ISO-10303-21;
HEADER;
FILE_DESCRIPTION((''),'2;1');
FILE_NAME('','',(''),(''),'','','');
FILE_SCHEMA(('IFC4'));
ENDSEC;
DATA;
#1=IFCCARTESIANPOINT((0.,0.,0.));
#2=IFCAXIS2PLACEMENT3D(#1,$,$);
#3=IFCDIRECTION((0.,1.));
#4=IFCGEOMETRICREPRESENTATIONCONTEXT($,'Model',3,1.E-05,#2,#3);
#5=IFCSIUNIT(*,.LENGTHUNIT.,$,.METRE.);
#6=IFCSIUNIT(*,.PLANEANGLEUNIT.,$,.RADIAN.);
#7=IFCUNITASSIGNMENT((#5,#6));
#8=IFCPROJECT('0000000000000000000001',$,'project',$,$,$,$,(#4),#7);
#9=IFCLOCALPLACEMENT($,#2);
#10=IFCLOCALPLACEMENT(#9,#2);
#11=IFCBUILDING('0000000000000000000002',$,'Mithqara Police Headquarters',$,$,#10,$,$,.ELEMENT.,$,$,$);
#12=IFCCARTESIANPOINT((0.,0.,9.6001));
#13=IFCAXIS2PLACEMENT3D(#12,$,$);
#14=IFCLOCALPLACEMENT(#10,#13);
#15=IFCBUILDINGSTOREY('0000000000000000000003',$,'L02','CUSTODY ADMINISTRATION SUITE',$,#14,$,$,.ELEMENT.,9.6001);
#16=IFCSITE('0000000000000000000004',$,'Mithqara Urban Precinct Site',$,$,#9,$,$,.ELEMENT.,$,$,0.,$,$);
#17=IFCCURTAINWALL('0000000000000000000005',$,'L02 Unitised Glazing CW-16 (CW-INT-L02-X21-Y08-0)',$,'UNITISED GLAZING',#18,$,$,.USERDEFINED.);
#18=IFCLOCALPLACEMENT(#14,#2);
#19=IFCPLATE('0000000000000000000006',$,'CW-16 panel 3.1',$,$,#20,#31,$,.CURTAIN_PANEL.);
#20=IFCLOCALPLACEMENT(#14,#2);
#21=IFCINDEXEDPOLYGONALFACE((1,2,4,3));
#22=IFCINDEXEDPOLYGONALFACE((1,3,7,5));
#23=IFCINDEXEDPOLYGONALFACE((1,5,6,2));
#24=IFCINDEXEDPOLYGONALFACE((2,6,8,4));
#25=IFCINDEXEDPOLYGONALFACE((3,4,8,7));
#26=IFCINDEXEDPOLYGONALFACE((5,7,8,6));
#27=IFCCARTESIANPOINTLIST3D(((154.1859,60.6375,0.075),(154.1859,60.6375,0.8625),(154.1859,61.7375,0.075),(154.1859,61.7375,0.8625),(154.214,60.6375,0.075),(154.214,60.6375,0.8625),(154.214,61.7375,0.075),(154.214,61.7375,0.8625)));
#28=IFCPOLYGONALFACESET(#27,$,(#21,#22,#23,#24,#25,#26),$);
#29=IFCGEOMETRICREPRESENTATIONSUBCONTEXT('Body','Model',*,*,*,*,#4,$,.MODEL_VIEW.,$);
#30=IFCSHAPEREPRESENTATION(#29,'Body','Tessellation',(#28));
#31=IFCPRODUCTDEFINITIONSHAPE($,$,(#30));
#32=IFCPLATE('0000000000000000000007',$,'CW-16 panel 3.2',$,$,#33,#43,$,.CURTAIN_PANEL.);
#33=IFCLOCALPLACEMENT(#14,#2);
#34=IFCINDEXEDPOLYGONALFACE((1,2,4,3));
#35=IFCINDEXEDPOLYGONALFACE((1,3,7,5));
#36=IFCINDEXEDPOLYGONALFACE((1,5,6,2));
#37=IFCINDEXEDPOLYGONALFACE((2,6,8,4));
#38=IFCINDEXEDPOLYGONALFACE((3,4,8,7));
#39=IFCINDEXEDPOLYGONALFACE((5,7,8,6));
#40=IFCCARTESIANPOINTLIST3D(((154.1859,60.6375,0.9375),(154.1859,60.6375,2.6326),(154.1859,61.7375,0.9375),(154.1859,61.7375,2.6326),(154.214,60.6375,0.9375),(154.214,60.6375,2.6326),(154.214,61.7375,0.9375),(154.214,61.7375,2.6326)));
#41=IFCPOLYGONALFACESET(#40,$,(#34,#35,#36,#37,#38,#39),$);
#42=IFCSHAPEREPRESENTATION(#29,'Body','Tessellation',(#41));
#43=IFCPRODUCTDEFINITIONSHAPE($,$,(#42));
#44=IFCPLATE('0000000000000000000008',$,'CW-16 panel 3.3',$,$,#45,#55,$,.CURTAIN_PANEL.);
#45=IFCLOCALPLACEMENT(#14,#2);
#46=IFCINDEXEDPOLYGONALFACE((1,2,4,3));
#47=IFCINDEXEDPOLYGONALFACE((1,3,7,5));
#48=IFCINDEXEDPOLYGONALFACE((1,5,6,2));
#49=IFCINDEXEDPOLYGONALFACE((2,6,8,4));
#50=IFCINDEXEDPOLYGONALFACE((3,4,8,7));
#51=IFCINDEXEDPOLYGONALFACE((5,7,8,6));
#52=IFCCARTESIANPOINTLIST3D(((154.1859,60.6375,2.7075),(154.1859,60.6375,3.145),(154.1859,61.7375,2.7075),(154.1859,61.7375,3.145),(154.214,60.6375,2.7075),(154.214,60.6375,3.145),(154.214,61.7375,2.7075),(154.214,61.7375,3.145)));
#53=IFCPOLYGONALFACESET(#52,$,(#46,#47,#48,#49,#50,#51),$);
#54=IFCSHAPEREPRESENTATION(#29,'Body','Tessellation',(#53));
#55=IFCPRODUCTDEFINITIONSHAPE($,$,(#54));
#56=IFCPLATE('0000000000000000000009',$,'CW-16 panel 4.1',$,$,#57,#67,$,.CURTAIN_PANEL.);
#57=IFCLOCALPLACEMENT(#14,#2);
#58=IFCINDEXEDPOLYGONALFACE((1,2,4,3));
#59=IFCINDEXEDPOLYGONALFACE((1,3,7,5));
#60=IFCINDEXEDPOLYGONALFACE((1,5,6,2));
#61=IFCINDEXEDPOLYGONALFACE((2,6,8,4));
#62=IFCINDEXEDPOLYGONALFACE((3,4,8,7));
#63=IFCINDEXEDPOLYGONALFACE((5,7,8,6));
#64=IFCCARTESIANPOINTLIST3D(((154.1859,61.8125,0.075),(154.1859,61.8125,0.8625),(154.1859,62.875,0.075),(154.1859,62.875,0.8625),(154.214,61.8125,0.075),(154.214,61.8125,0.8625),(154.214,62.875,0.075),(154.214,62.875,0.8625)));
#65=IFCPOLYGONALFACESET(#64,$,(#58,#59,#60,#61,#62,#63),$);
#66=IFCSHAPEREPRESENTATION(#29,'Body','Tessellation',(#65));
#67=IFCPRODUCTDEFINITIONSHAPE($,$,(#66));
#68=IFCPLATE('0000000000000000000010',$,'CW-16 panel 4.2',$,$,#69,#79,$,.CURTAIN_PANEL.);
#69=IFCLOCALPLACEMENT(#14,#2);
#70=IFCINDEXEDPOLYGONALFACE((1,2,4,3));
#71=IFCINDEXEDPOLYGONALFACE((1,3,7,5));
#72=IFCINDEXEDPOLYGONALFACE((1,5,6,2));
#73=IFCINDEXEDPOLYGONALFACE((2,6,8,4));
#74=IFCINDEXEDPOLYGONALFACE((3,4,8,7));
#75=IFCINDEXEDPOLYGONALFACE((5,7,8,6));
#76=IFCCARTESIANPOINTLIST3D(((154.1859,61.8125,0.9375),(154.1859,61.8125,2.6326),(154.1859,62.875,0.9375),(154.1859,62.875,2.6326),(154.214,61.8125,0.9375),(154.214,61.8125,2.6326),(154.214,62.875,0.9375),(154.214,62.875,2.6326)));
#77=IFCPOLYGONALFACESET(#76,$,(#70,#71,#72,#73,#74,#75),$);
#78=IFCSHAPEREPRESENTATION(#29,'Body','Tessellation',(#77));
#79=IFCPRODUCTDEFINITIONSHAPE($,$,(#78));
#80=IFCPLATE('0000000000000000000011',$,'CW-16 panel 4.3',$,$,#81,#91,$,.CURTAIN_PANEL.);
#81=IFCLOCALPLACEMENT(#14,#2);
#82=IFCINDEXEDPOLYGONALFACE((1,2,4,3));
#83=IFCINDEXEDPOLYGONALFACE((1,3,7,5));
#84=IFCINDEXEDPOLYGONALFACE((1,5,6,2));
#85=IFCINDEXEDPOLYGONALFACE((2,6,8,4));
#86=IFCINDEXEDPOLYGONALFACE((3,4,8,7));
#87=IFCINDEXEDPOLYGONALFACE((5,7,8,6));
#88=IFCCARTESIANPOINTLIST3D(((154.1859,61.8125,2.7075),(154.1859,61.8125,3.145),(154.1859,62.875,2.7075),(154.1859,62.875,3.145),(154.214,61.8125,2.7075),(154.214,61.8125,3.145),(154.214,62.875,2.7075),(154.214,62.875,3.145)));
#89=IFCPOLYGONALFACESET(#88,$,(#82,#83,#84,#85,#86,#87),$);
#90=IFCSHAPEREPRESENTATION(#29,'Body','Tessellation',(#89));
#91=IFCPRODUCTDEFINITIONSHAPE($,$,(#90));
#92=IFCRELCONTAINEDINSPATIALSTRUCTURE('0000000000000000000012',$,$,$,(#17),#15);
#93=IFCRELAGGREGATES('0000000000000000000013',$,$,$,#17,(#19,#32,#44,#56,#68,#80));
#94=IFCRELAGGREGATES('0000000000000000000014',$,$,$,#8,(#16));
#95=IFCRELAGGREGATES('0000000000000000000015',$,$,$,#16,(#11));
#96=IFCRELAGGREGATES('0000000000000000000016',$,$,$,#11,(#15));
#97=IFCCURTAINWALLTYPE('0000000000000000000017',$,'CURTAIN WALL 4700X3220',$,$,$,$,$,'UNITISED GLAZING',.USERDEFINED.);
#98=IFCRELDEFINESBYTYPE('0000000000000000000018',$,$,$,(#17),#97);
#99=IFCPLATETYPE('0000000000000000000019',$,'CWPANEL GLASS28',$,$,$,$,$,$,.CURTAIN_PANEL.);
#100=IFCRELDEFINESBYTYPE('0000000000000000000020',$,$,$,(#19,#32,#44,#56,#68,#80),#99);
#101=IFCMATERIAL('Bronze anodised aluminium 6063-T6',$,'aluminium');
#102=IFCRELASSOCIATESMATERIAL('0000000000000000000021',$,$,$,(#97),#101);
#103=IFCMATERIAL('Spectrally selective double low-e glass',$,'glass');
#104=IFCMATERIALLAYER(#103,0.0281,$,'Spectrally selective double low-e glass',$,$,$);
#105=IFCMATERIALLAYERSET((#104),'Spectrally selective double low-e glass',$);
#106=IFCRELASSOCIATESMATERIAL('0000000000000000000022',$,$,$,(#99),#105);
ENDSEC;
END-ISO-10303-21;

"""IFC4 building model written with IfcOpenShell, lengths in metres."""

from ifc_helpers import new_model, si_unit, direction, frame, origin, origin_2d, place, context, subcontext, project, spatial, rectangle, extrude, material, layer, layer_set, type_object, element, aggregate, save


model = new_model("IFC4")

# Units and contexts
model_context = context("Model", 3, precision=1e-05, world=origin(), true_north=direction((0.0, 1.0)))
body_context = subcontext(model_context, "Body", "Model", "MODEL_VIEW")
ifc_project = project(units=[si_unit("LENGTHUNIT", "METRE"), si_unit("PLANEANGLEUNIT", "RADIAN")], contexts=[model_context])

# Site, building, storey
site_placement = place(None, origin())
site = spatial("IfcSite", under=ifc_project, at=site_placement, Name="Mithqara Urban Precinct Site", CompositionType="ELEMENT", RefElevation=0.0)
building_placement = place(site_placement, origin())
building = spatial("IfcBuilding", under=site, at=building_placement, Name="Mithqara Police Headquarters", CompositionType="ELEMENT")
storey_placement = place(building_placement, frame((0.0, 0.0, 9.6001)))
storey = spatial("IfcBuildingStorey", under=building, at=storey_placement, Name="L02", Description="CUSTODY ADMINISTRATION SUITE", CompositionType="ELEMENT", Elevation=9.6001)

# Curtain wall
ifc_material_1 = material(Name="Bronze anodised aluminium 6063-T6", Category="aluminium")
curtain_wall_type = type_object("IfcCurtainWallType", Name="CURTAIN WALL 4700X3220", ElementType="UNITISED GLAZING", PredefinedType="USERDEFINED", material=ifc_material_1)
curtain_wall_1_placement = place(storey_placement, origin())
curtain_wall_1 = element("IfcCurtainWall", 1, at=curtain_wall_1_placement, inside=storey, type_object=curtain_wall_type, Name="L02 Unitised Glazing CW-16 (CW-INT-L02-X21-Y08-0)", ObjectType="UNITISED GLAZING", PredefinedType="USERDEFINED")

# Plates
ifc_material_2 = material(Name="Spectrally selective double low-e glass", Category="glass")
ifc_layer = layer(ifc_material_2, 0.0281, Name="Spectrally selective double low-e glass")
ifc_layer_set = layer_set([ifc_layer], Name="Spectrally selective double low-e glass")
plate_type = type_object("IfcPlateType", Name="CWPANEL GLASS28", PredefinedType="CURTAIN_PANEL", material=ifc_layer_set)
plate_1_placement = place(storey_placement, frame((154.2, 61.1875, 0.075), z_axis=(0.0, 0.0, 1.0), x_axis=(0.0, 1.0, 0.0)))
plate_1 = element("IfcPlate", 2, at=plate_1_placement, type_object=plate_type, Name="CW-16 panel 3.1", PredefinedType="CURTAIN_PANEL", context=body_context, shape_type="SweptSolid", body=[
    extrude(rectangle(XDim=1.1001, YDim=0.0281, at=origin_2d()), origin(), (0.0, 0.0, 1.0), 0.7876),
])
plate_2_placement = place(storey_placement, frame((154.2, 61.1875, 0.9375), z_axis=(0.0, 0.0, 1.0), x_axis=(0.0, 1.0, 0.0)))
plate_2 = element("IfcPlate", 3, at=plate_2_placement, type_object=plate_type, Name="CW-16 panel 3.2", PredefinedType="CURTAIN_PANEL", context=body_context, shape_type="SweptSolid", body=[
    extrude(rectangle(XDim=1.1001, YDim=0.0281, at=origin_2d()), origin(), (0.0, 0.0, 1.0), 1.6951),
])
plate_3_placement = place(storey_placement, frame((154.2, 61.1875, 2.7075), z_axis=(0.0, 0.0, 1.0), x_axis=(0.0, 1.0, 0.0)))
plate_3 = element("IfcPlate", 4, at=plate_3_placement, type_object=plate_type, Name="CW-16 panel 3.3", PredefinedType="CURTAIN_PANEL", context=body_context, shape_type="SweptSolid", body=[
    extrude(rectangle(XDim=1.1001, YDim=0.0281, at=origin_2d()), origin(), (0.0, 0.0, 1.0), 0.4375),
])
plate_4_placement = place(storey_placement, frame((154.2, 62.3438, 0.075), z_axis=(0.0, 0.0, 1.0), x_axis=(0.0, 1.0, 0.0)))
plate_4 = element("IfcPlate", 5, at=plate_4_placement, type_object=plate_type, Name="CW-16 panel 4.1", PredefinedType="CURTAIN_PANEL", context=body_context, shape_type="SweptSolid", body=[
    extrude(rectangle(XDim=1.0625, YDim=0.0281, at=origin_2d()), origin(), (0.0, 0.0, 1.0), 0.7876),
])
plate_5_placement = place(storey_placement, frame((154.2, 62.3438, 0.9375), z_axis=(0.0, 0.0, 1.0), x_axis=(0.0, 1.0, 0.0)))
plate_5 = element("IfcPlate", 6, at=plate_5_placement, type_object=plate_type, Name="CW-16 panel 4.2", PredefinedType="CURTAIN_PANEL", context=body_context, shape_type="SweptSolid", body=[
    extrude(rectangle(XDim=1.0625, YDim=0.0281, at=origin_2d()), origin(), (0.0, 0.0, 1.0), 1.6951),
])
plate_6_placement = place(storey_placement, frame((154.2, 62.3438, 2.7075), z_axis=(0.0, 0.0, 1.0), x_axis=(0.0, 1.0, 0.0)))
plate_6 = element("IfcPlate", 7, at=plate_6_placement, type_object=plate_type, Name="CW-16 panel 4.3", PredefinedType="CURTAIN_PANEL", context=body_context, shape_type="SweptSolid", body=[
    extrude(rectangle(XDim=1.0625, YDim=0.0281, at=origin_2d()), origin(), (0.0, 0.0, 1.0), 0.4375),
])
aggregate(curtain_wall_1, [plate_1, plate_2, plate_3, plate_4, plate_5, plate_6])

save(model, "model.ifc")
